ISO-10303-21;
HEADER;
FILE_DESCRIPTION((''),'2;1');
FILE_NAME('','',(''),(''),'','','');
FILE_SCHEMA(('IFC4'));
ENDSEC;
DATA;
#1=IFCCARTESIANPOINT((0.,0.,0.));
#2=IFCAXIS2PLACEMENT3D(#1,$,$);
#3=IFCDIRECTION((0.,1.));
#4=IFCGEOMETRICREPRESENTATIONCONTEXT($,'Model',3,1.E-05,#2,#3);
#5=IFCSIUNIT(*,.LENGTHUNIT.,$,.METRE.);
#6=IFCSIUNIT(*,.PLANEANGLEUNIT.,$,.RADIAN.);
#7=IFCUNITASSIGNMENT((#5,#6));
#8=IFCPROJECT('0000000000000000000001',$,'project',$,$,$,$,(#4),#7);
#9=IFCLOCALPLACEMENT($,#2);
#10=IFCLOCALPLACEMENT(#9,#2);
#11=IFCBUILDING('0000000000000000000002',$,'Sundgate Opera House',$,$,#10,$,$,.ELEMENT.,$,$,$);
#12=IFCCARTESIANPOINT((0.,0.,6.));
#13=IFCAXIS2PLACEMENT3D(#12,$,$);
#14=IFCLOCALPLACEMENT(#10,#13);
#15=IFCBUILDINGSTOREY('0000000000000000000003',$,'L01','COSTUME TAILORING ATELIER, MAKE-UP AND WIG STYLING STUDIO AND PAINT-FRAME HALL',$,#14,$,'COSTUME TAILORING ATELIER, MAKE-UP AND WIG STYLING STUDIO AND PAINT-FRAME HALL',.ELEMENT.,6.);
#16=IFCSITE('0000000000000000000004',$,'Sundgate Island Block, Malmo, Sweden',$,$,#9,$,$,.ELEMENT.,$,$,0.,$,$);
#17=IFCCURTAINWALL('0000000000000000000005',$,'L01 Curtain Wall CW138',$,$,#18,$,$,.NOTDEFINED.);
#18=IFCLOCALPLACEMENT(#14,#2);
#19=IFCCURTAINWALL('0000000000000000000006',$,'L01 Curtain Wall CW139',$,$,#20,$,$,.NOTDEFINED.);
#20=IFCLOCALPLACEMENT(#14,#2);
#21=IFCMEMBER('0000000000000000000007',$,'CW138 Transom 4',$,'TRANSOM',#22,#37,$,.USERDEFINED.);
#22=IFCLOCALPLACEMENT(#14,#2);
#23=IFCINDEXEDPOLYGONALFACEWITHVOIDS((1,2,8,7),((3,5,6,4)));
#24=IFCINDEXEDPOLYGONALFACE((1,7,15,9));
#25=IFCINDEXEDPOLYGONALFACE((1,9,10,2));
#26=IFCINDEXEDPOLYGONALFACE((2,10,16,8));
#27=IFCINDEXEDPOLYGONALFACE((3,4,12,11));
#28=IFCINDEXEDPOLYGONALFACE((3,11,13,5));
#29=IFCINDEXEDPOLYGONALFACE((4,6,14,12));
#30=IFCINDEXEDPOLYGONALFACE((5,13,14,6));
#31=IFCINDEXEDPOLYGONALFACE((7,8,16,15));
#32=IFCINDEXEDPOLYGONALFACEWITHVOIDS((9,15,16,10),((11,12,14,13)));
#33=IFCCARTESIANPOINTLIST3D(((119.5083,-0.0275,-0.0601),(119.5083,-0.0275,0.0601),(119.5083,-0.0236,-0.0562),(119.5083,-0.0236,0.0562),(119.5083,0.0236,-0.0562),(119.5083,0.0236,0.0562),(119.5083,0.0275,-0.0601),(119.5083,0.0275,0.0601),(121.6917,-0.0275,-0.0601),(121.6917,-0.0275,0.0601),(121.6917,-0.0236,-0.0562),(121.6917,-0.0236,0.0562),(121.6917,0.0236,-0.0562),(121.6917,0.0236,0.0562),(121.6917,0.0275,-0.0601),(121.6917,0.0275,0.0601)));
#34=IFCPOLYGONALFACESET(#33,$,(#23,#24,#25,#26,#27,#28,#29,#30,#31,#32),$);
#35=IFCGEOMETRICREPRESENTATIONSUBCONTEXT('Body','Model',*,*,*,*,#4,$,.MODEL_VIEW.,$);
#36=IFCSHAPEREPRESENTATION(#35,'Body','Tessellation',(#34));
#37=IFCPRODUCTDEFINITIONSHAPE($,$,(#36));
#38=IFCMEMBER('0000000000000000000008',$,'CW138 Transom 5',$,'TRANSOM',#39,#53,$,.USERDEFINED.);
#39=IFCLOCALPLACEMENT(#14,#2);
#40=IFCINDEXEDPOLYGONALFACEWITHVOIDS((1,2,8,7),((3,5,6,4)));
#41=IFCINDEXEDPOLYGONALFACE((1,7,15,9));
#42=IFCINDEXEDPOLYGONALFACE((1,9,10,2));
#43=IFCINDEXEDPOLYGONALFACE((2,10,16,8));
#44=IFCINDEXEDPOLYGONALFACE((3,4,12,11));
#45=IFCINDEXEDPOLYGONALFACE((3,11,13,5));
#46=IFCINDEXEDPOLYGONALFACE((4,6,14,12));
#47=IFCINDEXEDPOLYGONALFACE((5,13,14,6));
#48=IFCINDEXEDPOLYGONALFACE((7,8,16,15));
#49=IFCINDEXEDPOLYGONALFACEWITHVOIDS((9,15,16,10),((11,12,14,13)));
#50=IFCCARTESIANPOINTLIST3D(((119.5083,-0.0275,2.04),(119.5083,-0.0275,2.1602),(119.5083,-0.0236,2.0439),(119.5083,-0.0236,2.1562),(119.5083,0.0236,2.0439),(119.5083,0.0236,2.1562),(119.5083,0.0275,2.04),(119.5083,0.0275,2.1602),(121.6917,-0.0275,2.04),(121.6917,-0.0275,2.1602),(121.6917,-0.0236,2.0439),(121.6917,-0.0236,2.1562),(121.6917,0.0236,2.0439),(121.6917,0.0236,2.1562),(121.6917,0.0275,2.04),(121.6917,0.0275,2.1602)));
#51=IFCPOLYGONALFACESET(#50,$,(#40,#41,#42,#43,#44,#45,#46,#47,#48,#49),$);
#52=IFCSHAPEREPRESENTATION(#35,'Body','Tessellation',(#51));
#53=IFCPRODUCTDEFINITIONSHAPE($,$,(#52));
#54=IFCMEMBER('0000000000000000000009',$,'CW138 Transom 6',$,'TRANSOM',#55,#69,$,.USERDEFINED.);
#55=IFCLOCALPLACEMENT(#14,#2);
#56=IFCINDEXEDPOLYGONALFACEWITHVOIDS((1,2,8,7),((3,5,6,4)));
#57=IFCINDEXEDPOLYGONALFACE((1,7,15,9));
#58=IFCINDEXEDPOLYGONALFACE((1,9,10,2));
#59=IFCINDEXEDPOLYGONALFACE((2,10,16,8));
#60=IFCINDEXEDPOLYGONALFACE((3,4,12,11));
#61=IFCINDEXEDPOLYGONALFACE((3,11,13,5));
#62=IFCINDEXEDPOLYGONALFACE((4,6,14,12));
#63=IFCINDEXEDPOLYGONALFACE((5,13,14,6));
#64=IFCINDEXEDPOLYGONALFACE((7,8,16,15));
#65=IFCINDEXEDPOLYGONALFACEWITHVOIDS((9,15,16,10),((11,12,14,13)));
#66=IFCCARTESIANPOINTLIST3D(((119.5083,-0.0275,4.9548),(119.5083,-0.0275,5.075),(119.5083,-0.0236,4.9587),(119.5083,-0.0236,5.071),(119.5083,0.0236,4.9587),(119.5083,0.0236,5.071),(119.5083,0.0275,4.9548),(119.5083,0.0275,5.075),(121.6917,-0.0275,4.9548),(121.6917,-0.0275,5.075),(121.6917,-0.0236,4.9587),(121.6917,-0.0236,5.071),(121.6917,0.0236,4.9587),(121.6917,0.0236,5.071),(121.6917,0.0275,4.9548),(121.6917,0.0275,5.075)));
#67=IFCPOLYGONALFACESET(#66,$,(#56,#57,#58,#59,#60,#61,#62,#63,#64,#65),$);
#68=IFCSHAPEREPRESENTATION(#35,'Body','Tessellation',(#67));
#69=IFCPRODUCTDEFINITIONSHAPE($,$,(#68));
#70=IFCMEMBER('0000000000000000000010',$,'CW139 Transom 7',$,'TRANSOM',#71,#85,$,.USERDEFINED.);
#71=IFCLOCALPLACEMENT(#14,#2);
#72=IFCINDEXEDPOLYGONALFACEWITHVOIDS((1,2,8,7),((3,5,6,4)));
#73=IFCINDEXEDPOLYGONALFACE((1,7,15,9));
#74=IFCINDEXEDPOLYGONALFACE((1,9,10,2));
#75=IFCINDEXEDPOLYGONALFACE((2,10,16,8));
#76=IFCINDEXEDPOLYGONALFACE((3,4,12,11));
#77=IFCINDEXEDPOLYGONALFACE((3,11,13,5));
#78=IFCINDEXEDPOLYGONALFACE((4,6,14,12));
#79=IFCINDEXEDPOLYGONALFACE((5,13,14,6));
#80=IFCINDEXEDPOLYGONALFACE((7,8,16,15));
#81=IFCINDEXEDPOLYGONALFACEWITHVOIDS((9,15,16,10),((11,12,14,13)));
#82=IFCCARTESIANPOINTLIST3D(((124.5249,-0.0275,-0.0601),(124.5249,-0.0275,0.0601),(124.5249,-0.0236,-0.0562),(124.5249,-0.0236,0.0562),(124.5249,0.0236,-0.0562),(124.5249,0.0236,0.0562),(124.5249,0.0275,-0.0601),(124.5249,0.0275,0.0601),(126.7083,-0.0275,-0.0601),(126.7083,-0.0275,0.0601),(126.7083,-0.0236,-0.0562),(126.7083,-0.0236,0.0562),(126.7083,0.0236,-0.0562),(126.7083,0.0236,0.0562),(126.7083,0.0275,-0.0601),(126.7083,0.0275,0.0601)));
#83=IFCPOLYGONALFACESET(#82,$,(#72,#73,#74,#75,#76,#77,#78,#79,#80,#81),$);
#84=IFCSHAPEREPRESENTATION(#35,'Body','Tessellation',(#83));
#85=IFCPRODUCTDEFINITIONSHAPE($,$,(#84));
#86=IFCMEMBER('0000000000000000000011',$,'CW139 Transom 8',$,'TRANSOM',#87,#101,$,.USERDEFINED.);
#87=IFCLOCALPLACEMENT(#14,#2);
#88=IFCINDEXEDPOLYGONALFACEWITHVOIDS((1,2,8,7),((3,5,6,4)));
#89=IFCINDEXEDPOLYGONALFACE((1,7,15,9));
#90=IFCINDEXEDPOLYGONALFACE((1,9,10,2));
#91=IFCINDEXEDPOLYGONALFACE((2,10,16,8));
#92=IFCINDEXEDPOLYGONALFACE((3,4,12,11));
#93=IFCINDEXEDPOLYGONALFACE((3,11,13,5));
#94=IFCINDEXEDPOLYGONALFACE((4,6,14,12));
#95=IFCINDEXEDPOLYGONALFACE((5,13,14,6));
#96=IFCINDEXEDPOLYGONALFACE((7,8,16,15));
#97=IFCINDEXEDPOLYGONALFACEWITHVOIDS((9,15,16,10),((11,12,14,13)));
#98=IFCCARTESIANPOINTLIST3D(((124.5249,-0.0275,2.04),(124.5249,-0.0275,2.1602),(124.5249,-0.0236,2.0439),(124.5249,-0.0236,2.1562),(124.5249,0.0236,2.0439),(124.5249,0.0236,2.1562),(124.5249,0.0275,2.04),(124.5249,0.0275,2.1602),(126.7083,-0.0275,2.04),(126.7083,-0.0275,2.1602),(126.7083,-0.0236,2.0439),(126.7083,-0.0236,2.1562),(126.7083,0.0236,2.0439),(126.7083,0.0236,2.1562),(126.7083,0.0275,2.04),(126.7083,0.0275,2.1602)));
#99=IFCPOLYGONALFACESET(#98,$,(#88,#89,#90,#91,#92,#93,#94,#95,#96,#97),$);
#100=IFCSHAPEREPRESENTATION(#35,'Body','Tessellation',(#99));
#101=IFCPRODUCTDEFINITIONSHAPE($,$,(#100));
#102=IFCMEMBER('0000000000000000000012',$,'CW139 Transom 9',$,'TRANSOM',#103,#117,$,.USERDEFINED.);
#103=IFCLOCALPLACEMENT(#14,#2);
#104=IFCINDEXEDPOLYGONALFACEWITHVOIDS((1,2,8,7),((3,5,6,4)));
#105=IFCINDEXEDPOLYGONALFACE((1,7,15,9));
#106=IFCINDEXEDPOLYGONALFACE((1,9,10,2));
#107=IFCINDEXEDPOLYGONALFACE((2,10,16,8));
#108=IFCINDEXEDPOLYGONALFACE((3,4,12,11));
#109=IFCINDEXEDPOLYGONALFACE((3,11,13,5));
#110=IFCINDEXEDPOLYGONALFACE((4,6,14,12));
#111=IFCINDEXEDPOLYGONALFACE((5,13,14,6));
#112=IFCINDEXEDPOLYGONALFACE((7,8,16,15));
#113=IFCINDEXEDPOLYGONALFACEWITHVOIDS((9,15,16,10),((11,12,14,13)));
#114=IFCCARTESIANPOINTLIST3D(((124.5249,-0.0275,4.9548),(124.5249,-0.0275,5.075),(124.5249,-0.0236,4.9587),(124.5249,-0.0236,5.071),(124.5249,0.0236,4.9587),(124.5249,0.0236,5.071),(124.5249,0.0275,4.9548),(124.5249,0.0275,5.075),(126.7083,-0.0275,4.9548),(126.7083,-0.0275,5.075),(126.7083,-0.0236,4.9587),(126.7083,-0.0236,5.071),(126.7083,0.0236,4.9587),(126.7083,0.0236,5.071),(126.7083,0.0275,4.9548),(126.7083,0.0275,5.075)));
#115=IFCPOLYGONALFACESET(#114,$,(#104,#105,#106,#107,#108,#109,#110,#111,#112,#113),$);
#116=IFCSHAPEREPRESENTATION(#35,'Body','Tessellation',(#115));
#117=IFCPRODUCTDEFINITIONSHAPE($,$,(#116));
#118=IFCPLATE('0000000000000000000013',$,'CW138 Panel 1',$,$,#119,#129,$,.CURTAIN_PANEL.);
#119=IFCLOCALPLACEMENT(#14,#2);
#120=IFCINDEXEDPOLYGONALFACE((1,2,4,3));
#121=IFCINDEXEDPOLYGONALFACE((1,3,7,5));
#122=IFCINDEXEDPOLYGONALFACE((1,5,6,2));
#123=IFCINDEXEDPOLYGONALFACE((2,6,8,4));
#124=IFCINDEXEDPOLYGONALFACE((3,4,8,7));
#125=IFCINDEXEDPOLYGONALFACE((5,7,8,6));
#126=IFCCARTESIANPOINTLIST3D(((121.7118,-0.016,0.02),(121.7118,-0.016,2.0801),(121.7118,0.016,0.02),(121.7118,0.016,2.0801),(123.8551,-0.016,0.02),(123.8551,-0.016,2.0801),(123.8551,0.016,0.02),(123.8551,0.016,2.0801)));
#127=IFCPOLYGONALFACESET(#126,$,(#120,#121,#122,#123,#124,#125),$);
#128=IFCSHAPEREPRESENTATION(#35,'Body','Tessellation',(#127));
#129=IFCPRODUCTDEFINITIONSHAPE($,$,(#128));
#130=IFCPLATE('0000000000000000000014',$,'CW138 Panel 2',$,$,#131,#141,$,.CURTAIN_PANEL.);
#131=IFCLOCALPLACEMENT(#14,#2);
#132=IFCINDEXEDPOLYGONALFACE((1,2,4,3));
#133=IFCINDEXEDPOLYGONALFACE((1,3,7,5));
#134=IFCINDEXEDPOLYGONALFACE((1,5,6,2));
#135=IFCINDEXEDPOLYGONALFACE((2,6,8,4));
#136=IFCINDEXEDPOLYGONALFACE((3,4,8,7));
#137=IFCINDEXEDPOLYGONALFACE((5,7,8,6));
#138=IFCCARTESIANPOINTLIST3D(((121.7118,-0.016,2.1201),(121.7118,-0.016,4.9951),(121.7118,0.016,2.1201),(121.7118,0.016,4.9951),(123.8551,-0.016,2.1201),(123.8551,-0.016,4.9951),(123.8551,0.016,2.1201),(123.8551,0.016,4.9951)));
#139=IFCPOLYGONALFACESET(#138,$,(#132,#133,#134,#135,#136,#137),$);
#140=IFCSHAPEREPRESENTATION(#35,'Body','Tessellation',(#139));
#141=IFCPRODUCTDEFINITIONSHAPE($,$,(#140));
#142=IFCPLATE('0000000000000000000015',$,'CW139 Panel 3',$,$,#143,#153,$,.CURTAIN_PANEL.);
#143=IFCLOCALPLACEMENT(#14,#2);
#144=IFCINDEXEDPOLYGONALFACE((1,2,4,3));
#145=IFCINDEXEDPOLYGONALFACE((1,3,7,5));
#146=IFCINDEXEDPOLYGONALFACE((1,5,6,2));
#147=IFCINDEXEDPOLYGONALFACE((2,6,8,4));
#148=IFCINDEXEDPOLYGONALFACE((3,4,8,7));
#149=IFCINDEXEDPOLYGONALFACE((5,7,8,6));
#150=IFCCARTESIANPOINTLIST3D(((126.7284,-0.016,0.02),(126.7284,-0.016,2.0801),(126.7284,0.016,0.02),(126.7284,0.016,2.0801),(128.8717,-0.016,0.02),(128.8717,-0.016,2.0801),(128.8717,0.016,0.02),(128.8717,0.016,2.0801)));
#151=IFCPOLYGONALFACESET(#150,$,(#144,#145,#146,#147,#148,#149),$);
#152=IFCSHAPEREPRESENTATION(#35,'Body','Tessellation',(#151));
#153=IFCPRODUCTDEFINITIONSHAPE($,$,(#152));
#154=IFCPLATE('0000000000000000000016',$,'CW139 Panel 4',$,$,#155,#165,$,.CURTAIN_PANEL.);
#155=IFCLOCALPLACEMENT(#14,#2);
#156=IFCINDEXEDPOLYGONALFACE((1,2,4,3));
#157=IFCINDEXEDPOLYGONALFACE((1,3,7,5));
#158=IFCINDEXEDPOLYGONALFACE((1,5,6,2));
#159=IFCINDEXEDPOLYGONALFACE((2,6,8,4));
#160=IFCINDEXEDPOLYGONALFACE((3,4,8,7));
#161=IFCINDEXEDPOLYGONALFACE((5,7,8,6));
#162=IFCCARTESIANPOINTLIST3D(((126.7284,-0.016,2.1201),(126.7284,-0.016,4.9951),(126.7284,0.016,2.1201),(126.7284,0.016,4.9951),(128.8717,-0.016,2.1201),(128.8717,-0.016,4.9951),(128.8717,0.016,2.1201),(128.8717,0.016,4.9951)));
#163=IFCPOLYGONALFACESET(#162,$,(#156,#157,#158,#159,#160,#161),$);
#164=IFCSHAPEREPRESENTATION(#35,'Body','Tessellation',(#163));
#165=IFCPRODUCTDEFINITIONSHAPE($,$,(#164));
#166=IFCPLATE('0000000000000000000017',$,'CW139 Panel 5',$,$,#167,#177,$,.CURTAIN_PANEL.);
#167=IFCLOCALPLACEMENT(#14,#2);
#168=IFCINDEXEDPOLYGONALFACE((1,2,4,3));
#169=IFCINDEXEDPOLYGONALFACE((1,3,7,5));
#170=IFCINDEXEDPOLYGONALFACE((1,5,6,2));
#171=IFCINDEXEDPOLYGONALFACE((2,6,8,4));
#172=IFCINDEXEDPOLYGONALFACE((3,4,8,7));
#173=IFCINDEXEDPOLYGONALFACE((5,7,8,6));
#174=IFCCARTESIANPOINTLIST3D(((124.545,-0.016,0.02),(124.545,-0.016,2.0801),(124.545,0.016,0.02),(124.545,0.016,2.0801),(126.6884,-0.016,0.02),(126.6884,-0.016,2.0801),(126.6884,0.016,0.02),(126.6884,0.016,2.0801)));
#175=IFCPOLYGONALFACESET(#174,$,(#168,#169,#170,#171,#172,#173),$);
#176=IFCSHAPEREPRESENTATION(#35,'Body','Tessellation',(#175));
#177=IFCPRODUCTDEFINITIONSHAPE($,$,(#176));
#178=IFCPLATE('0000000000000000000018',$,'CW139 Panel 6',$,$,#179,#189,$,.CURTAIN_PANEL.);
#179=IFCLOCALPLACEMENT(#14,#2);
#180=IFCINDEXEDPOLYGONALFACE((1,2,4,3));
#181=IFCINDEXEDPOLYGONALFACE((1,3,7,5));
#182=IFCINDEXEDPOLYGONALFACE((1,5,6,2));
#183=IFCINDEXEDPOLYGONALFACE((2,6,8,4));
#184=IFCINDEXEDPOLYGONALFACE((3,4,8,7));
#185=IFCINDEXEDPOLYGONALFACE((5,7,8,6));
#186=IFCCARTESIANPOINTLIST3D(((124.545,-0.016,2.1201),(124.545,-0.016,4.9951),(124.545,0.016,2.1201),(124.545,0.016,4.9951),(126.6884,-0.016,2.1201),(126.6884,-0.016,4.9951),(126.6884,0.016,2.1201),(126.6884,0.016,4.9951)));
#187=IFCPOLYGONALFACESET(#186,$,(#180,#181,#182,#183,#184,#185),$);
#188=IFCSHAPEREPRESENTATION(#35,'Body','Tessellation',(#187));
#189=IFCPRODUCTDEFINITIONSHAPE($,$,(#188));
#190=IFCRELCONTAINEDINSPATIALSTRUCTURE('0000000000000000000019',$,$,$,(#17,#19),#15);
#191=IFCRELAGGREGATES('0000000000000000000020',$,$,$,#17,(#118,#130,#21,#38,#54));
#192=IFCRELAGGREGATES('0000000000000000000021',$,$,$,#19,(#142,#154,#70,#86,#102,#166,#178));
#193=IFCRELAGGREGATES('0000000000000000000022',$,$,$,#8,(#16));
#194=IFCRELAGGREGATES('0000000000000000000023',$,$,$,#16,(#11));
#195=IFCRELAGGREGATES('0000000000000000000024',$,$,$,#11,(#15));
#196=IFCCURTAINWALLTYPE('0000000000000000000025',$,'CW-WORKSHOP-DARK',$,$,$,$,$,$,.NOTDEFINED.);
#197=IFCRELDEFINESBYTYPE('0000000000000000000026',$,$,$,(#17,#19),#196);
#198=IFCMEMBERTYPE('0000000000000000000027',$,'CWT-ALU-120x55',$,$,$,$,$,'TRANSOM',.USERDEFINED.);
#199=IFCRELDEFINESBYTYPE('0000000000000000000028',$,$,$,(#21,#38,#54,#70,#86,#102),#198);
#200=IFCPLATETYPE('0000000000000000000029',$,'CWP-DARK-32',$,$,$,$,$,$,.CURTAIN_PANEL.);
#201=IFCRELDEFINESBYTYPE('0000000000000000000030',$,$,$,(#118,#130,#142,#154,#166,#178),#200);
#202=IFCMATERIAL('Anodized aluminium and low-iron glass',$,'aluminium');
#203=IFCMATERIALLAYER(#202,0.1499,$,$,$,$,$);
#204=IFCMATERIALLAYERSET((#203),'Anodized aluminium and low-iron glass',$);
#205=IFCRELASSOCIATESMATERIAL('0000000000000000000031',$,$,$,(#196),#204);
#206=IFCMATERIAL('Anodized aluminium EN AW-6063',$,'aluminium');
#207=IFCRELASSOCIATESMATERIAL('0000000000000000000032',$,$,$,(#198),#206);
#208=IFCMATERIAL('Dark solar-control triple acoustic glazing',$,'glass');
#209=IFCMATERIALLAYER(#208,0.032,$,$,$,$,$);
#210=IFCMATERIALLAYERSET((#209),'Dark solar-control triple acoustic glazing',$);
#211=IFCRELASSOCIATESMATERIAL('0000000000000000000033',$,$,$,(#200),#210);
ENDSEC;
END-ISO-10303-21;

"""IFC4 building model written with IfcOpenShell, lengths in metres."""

from ifc_helpers import new_model, si_unit, direction, frame, origin, origin_2d, place, context, subcontext, project, spatial, rectangle, hollow_rectangle, extrude, material, layer, layer_set, material_profile, profile_set, type_object, element, aggregate, save


model = new_model("IFC4")

# Units and contexts
model_context = context("Model", 3, precision=1e-05, world=origin(), true_north=direction((0.0, 1.0)))
body_context = subcontext(model_context, "Body", "Model", "MODEL_VIEW")
ifc_project = project(units=[si_unit("LENGTHUNIT", "METRE"), si_unit("PLANEANGLEUNIT", "RADIAN")], contexts=[model_context])

# Site, building, storey
site_placement = place(None, origin())
site = spatial("IfcSite", under=ifc_project, at=site_placement, Name="Sundgate Island Block, Malmo, Sweden", CompositionType="ELEMENT", RefElevation=0.0)
building_placement = place(site_placement, origin())
building = spatial("IfcBuilding", under=site, at=building_placement, Name="Sundgate Opera House", CompositionType="ELEMENT")
storey_placement = place(building_placement, frame((0.0, 0.0, 6.0)))
storey = spatial("IfcBuildingStorey", under=building, at=storey_placement, Name="L01", Description="COSTUME TAILORING ATELIER, MAKE-UP AND WIG STYLING STUDIO AND PAINT-FRAME HALL", LongName="COSTUME TAILORING ATELIER, MAKE-UP AND WIG STYLING STUDIO AND PAINT-FRAME HALL", CompositionType="ELEMENT", Elevation=6.0)

# Curtain walls
ifc_material_1 = material(Name="Anodized aluminium and low-iron glass", Category="aluminium")
ifc_layer_1 = layer(ifc_material_1, 0.1499)
ifc_layer_set_1 = layer_set([ifc_layer_1], Name="Anodized aluminium and low-iron glass")
curtain_wall_type = type_object("IfcCurtainWallType", Name="CW-WORKSHOP-DARK", PredefinedType="NOTDEFINED", material=ifc_layer_set_1)
curtain_wall_1_placement = place(storey_placement, origin())
curtain_wall_1 = element("IfcCurtainWall", 1, at=curtain_wall_1_placement, inside=storey, type_object=curtain_wall_type, Name="L01 Curtain Wall CW138", PredefinedType="NOTDEFINED")
curtain_wall_2_placement = place(storey_placement, origin())
curtain_wall_2 = element("IfcCurtainWall", 2, at=curtain_wall_2_placement, inside=storey, type_object=curtain_wall_type, Name="L01 Curtain Wall CW139", PredefinedType="NOTDEFINED")

# Members
ifc_material_2 = material(Name="Anodized aluminium EN AW-6063", Category="aluminium")
ifc_material_profile_1 = material_profile(ifc_material_2, hollow_rectangle(XDim=0.0549, YDim=0.1201, WallThickness=0.0039, at=origin_2d()), Name="CWT 120x55x4")
ifc_profile_set_1 = profile_set([ifc_material_profile_1], Name="Anodized aluminium EN AW-6063")
member_type_1 = type_object("IfcMemberType", Name="CWT-ALU-120x55", ElementType="TRANSOM", PredefinedType="USERDEFINED", material=ifc_profile_set_1)
member_1_placement = place(storey_placement, frame((121.6917, 0.0, 0.0), z_axis=(-1.0, 0.0, 0.0), x_axis=(0.0, -1.0, 0.0)))
member_1 = element("IfcMember", 3, at=member_1_placement, type_object=member_type_1, Name="CW138 Transom 4", ObjectType="TRANSOM", PredefinedType="USERDEFINED", context=body_context, shape_type="SweptSolid", body=[
    extrude(hollow_rectangle(XDim=0.0549, YDim=0.1201, WallThickness=0.0039, at=origin_2d()), origin(), (0.0, 0.0, 1.0), 2.1833),
])
member_2_placement = place(storey_placement, frame((121.6917, 0.0, 2.1001), z_axis=(-1.0, 0.0, 0.0), x_axis=(0.0, -1.0, 0.0)))
member_2 = element("IfcMember", 4, at=member_2_placement, type_object=member_type_1, Name="CW138 Transom 5", ObjectType="TRANSOM", PredefinedType="USERDEFINED", context=body_context, shape_type="SweptSolid", body=[
    extrude(hollow_rectangle(XDim=0.0549, YDim=0.1201, WallThickness=0.0039, at=origin_2d()), origin(), (0.0, 0.0, 1.0), 2.1833),
])
member_3_placement = place(storey_placement, frame((121.6917, 0.0, 5.0149), z_axis=(-1.0, 0.0, 0.0), x_axis=(0.0, -1.0, 0.0)))
member_3 = element("IfcMember", 5, at=member_3_placement, type_object=member_type_1, Name="CW138 Transom 6", ObjectType="TRANSOM", PredefinedType="USERDEFINED", context=body_context, shape_type="SweptSolid", body=[
    extrude(hollow_rectangle(XDim=0.0549, YDim=0.1201, WallThickness=0.0039, at=origin_2d()), origin(), (0.0, 0.0, 1.0), 2.1833),
])
member_4_placement = place(storey_placement, frame((126.7083, 0.0, 0.0), z_axis=(-1.0, 0.0, 0.0), x_axis=(0.0, -1.0, 0.0)))
member_4 = element("IfcMember", 6, at=member_4_placement, type_object=member_type_1, Name="CW139 Transom 7", ObjectType="TRANSOM", PredefinedType="USERDEFINED", context=body_context, shape_type="SweptSolid", body=[
    extrude(hollow_rectangle(XDim=0.0549, YDim=0.1201, WallThickness=0.0039, at=origin_2d()), origin(), (0.0, 0.0, 1.0), 2.1833),
])
member_5_placement = place(storey_placement, frame((126.7083, 0.0, 2.1001), z_axis=(-1.0, 0.0, 0.0), x_axis=(0.0, -1.0, 0.0)))
member_5 = element("IfcMember", 7, at=member_5_placement, type_object=member_type_1, Name="CW139 Transom 8", ObjectType="TRANSOM", PredefinedType="USERDEFINED", context=body_context, shape_type="SweptSolid", body=[
    extrude(hollow_rectangle(XDim=0.0549, YDim=0.1201, WallThickness=0.0039, at=origin_2d()), origin(), (0.0, 0.0, 1.0), 2.1833),
])
member_6_placement = place(storey_placement, frame((126.7083, 0.0, 5.0149), z_axis=(-1.0, 0.0, 0.0), x_axis=(0.0, -1.0, 0.0)))
member_6 = element("IfcMember", 8, at=member_6_placement, type_object=member_type_1, Name="CW139 Transom 9", ObjectType="TRANSOM", PredefinedType="USERDEFINED", context=body_context, shape_type="SweptSolid", body=[
    extrude(hollow_rectangle(XDim=0.0549, YDim=0.1201, WallThickness=0.0039, at=origin_2d()), origin(), (0.0, 0.0, 1.0), 2.1833),
])

# Plates
ifc_material_3 = material(Name="Dark solar-control triple acoustic glazing", Category="glass")
ifc_layer_2 = layer(ifc_material_3, 0.032)
ifc_layer_set_2 = layer_set([ifc_layer_2], Name="Dark solar-control triple acoustic glazing")
plate_type = type_object("IfcPlateType", Name="CWP-DARK-32", PredefinedType="CURTAIN_PANEL", material=ifc_layer_set_2)
plate_1_placement = place(storey_placement, frame((122.7834, 0.0, 0.02), z_axis=(0.0, 0.0, 1.0), x_axis=(-1.0, 0.0, 0.0)))
plate_1 = element("IfcPlate", 9, at=plate_1_placement, type_object=plate_type, Name="CW138 Panel 1", PredefinedType="CURTAIN_PANEL", context=body_context, shape_type="SweptSolid", body=[
    extrude(rectangle(XDim=2.1433, YDim=0.032, at=origin_2d()), origin(), (0.0, 0.0, 1.0), 2.0601),
])
plate_2_placement = place(storey_placement, frame((122.7834, 0.0, 2.1201), z_axis=(0.0, 0.0, 1.0), x_axis=(-1.0, 0.0, 0.0)))
plate_2 = element("IfcPlate", 10, at=plate_2_placement, type_object=plate_type, Name="CW138 Panel 2", PredefinedType="CURTAIN_PANEL", context=body_context, shape_type="SweptSolid", body=[
    extrude(rectangle(XDim=2.1433, YDim=0.032, at=origin_2d()), origin(), (0.0, 0.0, 1.0), 2.875),
])
aggregate(curtain_wall_1, [plate_1, plate_2, member_1, member_2, member_3])
plate_3_placement = place(storey_placement, frame((127.8, 0.0, 0.02), z_axis=(0.0, 0.0, 1.0), x_axis=(-1.0, 0.0, 0.0)))
plate_3 = element("IfcPlate", 11, at=plate_3_placement, type_object=plate_type, Name="CW139 Panel 3", PredefinedType="CURTAIN_PANEL", context=body_context, shape_type="SweptSolid", body=[
    extrude(rectangle(XDim=2.1433, YDim=0.032, at=origin_2d()), origin(), (0.0, 0.0, 1.0), 2.0601),
])
plate_4_placement = place(storey_placement, frame((127.8, 0.0, 2.1201), z_axis=(0.0, 0.0, 1.0), x_axis=(-1.0, 0.0, 0.0)))
plate_4 = element("IfcPlate", 12, at=plate_4_placement, type_object=plate_type, Name="CW139 Panel 4", PredefinedType="CURTAIN_PANEL", context=body_context, shape_type="SweptSolid", body=[
    extrude(rectangle(XDim=2.1433, YDim=0.032, at=origin_2d()), origin(), (0.0, 0.0, 1.0), 2.875),
])
plate_5_placement = place(storey_placement, frame((125.6167, 0.0, 0.02), z_axis=(0.0, 0.0, 1.0), x_axis=(-1.0, 0.0, 0.0)))
plate_5 = element("IfcPlate", 13, at=plate_5_placement, type_object=plate_type, Name="CW139 Panel 5", PredefinedType="CURTAIN_PANEL", context=body_context, shape_type="SweptSolid", body=[
    extrude(rectangle(XDim=2.1433, YDim=0.032, at=origin_2d()), origin(), (0.0, 0.0, 1.0), 2.0601),
])
plate_6_placement = place(storey_placement, frame((125.6167, 0.0, 2.1201), z_axis=(0.0, 0.0, 1.0), x_axis=(-1.0, 0.0, 0.0)))
plate_6 = element("IfcPlate", 14, at=plate_6_placement, type_object=plate_type, Name="CW139 Panel 6", PredefinedType="CURTAIN_PANEL", context=body_context, shape_type="SweptSolid", body=[
    extrude(rectangle(XDim=2.1433, YDim=0.032, at=origin_2d()), origin(), (0.0, 0.0, 1.0), 2.875),
])
aggregate(curtain_wall_2, [plate_3, plate_4, member_4, member_5, member_6, plate_5, plate_6])

save(model, "model.ifc")
